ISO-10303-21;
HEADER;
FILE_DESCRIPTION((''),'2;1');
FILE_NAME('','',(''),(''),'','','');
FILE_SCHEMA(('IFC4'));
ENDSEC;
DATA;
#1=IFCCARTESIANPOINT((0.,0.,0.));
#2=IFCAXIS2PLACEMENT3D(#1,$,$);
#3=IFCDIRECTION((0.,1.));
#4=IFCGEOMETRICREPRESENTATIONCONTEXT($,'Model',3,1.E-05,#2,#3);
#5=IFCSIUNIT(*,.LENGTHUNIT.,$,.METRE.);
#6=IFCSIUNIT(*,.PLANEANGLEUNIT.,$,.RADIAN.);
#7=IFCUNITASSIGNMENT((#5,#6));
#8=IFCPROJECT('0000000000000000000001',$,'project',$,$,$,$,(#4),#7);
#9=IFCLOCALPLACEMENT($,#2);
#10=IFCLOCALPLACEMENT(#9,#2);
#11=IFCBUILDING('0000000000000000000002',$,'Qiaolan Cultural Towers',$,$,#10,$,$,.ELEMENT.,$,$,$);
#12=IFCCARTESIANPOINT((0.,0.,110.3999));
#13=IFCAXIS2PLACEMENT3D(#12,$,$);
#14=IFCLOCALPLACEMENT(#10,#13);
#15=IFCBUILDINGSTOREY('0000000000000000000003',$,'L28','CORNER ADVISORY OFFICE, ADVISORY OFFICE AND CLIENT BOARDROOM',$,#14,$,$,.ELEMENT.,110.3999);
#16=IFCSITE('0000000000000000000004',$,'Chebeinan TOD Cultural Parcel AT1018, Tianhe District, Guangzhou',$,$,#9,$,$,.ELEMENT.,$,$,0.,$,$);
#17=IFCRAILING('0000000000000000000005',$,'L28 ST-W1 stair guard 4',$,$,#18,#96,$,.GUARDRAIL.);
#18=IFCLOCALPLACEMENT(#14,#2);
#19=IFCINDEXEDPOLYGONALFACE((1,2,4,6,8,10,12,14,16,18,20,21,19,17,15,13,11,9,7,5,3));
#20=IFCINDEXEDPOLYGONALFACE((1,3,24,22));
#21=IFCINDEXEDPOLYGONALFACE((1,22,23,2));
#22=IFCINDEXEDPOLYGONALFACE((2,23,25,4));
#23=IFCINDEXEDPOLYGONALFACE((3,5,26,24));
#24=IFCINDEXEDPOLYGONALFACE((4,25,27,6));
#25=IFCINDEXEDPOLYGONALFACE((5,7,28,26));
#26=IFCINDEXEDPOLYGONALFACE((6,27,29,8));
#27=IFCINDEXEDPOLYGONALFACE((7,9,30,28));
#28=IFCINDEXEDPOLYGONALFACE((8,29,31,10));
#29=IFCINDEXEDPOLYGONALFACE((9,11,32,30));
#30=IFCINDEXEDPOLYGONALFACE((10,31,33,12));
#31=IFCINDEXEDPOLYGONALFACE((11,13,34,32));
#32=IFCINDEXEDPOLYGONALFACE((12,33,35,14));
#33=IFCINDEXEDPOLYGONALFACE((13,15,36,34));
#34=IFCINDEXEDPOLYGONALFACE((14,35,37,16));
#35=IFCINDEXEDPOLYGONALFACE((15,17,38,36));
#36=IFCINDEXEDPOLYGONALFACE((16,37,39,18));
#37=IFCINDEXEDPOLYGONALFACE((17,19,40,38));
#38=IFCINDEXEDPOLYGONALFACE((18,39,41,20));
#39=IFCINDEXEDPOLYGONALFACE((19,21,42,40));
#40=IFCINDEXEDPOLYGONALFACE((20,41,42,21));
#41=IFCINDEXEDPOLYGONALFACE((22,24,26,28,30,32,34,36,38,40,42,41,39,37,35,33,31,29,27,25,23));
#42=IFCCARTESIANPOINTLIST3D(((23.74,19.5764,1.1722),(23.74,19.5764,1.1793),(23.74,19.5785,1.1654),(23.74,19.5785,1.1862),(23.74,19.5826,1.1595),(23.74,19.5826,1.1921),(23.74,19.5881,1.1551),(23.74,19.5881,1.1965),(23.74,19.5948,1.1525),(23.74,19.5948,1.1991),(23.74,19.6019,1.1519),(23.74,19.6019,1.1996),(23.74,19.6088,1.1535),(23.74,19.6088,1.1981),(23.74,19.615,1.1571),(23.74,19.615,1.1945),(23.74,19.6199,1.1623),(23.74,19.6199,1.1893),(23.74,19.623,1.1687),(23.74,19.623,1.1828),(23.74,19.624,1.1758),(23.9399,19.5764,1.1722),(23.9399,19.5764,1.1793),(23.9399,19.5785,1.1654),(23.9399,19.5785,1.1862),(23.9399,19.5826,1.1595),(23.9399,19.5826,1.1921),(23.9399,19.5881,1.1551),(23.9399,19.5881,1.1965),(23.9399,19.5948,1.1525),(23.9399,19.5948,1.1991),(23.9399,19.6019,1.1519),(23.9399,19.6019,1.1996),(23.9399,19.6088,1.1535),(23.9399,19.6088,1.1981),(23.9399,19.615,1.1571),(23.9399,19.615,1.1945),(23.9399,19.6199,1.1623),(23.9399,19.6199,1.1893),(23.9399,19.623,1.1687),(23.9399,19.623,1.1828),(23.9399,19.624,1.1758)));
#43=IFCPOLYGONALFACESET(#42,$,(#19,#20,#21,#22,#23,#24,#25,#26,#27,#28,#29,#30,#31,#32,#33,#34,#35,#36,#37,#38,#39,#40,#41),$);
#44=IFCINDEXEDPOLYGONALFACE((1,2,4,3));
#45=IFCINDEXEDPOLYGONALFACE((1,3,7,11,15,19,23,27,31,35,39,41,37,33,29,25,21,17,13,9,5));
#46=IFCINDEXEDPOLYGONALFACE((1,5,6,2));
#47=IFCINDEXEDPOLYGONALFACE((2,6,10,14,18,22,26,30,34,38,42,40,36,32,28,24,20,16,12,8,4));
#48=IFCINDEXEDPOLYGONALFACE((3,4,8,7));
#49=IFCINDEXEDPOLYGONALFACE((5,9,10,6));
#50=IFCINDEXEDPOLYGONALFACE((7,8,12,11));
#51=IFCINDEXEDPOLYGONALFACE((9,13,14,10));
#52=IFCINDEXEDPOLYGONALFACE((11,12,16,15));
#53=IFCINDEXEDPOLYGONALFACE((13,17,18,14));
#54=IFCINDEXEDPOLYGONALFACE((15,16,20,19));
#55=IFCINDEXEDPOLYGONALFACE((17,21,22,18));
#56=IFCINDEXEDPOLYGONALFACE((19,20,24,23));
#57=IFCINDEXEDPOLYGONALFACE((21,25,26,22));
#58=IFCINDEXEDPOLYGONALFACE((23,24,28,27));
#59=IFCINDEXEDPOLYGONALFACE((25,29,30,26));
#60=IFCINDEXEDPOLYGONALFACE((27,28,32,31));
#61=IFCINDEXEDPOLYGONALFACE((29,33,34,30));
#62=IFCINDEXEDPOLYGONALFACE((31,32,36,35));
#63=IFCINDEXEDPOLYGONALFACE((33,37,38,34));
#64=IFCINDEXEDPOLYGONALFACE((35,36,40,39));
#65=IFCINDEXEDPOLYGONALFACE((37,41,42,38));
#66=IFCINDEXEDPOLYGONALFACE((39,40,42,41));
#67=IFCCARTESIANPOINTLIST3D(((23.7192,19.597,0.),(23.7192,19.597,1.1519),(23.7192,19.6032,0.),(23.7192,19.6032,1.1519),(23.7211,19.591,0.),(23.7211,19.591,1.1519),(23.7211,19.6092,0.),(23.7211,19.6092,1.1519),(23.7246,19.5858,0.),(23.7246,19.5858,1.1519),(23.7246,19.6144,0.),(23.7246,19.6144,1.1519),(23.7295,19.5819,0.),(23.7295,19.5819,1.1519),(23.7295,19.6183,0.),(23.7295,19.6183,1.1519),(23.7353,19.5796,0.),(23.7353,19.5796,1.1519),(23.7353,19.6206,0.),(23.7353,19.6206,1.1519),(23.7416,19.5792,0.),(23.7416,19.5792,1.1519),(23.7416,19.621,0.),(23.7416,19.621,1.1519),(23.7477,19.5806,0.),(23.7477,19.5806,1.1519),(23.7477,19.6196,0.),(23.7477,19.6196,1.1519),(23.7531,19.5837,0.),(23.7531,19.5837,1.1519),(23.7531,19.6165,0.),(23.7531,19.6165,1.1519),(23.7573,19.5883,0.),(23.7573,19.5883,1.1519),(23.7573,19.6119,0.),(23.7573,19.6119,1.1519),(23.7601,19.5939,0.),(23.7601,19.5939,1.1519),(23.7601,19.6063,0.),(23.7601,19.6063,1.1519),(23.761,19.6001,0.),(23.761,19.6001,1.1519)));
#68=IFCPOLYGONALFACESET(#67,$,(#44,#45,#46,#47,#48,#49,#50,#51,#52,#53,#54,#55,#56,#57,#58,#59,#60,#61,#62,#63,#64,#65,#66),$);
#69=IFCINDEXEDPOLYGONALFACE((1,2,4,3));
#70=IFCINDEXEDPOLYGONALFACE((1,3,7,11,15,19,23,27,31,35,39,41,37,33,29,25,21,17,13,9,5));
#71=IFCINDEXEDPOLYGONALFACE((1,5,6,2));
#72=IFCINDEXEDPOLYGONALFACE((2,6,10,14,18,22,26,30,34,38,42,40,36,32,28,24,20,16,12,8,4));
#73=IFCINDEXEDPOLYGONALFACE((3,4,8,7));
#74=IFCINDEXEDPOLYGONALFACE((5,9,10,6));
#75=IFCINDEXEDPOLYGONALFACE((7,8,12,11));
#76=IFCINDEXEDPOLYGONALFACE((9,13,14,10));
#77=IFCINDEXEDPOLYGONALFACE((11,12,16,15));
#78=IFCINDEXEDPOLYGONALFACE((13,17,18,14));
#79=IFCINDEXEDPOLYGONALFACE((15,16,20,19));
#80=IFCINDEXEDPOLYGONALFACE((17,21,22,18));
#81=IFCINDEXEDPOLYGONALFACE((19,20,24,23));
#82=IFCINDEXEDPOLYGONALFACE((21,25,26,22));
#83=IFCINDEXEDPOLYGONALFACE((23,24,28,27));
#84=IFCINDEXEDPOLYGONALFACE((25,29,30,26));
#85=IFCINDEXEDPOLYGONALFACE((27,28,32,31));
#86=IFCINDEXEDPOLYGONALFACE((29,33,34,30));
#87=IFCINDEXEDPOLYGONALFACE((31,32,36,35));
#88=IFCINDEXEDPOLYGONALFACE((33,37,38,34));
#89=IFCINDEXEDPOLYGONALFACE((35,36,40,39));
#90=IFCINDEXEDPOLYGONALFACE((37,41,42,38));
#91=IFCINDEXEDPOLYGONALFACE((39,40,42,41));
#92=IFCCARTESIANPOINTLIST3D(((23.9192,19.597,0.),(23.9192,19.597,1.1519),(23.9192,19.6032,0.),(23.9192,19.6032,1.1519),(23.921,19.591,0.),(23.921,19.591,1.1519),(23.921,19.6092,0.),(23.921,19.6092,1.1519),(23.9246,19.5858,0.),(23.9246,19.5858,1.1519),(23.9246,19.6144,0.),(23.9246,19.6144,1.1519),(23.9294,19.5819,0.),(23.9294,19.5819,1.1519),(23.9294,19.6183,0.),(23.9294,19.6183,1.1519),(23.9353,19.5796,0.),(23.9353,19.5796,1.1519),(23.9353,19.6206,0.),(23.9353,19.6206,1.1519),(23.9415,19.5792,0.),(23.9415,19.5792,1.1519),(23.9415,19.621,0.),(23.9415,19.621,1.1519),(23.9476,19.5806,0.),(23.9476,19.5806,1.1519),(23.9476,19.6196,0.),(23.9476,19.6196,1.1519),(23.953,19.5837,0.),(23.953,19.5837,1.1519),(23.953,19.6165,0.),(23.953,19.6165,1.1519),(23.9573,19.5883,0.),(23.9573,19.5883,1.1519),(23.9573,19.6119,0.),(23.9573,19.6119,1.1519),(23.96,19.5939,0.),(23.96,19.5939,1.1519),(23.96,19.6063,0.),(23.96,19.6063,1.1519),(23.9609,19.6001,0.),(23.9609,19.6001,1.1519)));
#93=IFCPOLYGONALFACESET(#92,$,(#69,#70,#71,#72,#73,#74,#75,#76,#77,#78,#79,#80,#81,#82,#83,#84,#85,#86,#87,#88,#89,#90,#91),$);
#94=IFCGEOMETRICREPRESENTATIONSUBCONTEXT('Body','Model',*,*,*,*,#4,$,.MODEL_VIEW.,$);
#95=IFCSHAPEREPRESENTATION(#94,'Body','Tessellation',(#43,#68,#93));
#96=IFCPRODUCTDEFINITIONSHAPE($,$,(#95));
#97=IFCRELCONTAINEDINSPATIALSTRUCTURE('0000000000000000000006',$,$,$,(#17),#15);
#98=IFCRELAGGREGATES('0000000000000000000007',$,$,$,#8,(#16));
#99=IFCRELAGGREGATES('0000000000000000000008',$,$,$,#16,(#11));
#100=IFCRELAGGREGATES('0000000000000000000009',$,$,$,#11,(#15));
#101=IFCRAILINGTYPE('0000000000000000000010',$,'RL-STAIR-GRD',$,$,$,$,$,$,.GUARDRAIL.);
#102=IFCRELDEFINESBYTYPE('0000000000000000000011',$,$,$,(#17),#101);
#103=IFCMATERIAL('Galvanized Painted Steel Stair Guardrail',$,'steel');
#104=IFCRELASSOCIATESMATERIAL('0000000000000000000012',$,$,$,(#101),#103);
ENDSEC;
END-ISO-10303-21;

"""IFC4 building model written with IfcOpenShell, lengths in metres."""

from ifc_helpers import new_model, si_unit, direction, frame, origin, origin_2d, place, context, subcontext, project, spatial, circle, extrude, material, type_object, element, save


model = new_model("IFC4")

# Units and contexts
model_context = context("Model", 3, precision=1e-05, world=origin(), true_north=direction((0.0, 1.0)))
body_context = subcontext(model_context, "Body", "Model", "MODEL_VIEW")
ifc_project = project(units=[si_unit("LENGTHUNIT", "METRE"), si_unit("PLANEANGLEUNIT", "RADIAN")], contexts=[model_context])

# Site, building, storey
site_placement = place(None, origin())
site = spatial("IfcSite", under=ifc_project, at=site_placement, Name="Chebeinan TOD Cultural Parcel AT1018, Tianhe District, Guangzhou", CompositionType="ELEMENT", RefElevation=0.0)
building_placement = place(site_placement, origin())
building = spatial("IfcBuilding", under=site, at=building_placement, Name="Qiaolan Cultural Towers", CompositionType="ELEMENT")
storey_placement = place(building_placement, frame((0.0, 0.0, 110.3999)))
storey = spatial("IfcBuildingStorey", under=building, at=storey_placement, Name="L28", Description="CORNER ADVISORY OFFICE, ADVISORY OFFICE AND CLIENT BOARDROOM", CompositionType="ELEMENT", Elevation=110.3999)

# Railing
ifc_material_1 = material(Name="Galvanized Painted Steel Stair Guardrail", Category="steel")
railing_type_1 = type_object("IfcRailingType", Name="RL-STAIR-GRD", PredefinedType="GUARDRAIL", material=ifc_material_1)
railing_1_placement = place(storey_placement, frame((23.74, 19.6001, 0.0)))
element("IfcRailing", 1, at=railing_1_placement, inside=storey, type_object=railing_type_1, Name="L28 ST-W1 stair guard 4", PredefinedType="GUARDRAIL", context=body_context, shape_type="SweptSolid", body=[
    extrude(circle(Radius=0.0239, at=origin_2d()), frame((0.0, 0.0, 1.1758), z_axis=(1.0, 0.0, 0.0), x_axis=(0.0, 1.0, 0.0)), (0.0, 0.0, 1.0), 0.2),
    extrude(circle(Radius=0.021, at=origin_2d()), origin(), (0.0, 0.0, 1.0), 1.1519),
    extrude(circle(Radius=0.021, at=origin_2d()), frame((0.2, 0.0, 0.0)), (0.0, 0.0, 1.0), 1.1519),
])

save(model, "model.ifc")
